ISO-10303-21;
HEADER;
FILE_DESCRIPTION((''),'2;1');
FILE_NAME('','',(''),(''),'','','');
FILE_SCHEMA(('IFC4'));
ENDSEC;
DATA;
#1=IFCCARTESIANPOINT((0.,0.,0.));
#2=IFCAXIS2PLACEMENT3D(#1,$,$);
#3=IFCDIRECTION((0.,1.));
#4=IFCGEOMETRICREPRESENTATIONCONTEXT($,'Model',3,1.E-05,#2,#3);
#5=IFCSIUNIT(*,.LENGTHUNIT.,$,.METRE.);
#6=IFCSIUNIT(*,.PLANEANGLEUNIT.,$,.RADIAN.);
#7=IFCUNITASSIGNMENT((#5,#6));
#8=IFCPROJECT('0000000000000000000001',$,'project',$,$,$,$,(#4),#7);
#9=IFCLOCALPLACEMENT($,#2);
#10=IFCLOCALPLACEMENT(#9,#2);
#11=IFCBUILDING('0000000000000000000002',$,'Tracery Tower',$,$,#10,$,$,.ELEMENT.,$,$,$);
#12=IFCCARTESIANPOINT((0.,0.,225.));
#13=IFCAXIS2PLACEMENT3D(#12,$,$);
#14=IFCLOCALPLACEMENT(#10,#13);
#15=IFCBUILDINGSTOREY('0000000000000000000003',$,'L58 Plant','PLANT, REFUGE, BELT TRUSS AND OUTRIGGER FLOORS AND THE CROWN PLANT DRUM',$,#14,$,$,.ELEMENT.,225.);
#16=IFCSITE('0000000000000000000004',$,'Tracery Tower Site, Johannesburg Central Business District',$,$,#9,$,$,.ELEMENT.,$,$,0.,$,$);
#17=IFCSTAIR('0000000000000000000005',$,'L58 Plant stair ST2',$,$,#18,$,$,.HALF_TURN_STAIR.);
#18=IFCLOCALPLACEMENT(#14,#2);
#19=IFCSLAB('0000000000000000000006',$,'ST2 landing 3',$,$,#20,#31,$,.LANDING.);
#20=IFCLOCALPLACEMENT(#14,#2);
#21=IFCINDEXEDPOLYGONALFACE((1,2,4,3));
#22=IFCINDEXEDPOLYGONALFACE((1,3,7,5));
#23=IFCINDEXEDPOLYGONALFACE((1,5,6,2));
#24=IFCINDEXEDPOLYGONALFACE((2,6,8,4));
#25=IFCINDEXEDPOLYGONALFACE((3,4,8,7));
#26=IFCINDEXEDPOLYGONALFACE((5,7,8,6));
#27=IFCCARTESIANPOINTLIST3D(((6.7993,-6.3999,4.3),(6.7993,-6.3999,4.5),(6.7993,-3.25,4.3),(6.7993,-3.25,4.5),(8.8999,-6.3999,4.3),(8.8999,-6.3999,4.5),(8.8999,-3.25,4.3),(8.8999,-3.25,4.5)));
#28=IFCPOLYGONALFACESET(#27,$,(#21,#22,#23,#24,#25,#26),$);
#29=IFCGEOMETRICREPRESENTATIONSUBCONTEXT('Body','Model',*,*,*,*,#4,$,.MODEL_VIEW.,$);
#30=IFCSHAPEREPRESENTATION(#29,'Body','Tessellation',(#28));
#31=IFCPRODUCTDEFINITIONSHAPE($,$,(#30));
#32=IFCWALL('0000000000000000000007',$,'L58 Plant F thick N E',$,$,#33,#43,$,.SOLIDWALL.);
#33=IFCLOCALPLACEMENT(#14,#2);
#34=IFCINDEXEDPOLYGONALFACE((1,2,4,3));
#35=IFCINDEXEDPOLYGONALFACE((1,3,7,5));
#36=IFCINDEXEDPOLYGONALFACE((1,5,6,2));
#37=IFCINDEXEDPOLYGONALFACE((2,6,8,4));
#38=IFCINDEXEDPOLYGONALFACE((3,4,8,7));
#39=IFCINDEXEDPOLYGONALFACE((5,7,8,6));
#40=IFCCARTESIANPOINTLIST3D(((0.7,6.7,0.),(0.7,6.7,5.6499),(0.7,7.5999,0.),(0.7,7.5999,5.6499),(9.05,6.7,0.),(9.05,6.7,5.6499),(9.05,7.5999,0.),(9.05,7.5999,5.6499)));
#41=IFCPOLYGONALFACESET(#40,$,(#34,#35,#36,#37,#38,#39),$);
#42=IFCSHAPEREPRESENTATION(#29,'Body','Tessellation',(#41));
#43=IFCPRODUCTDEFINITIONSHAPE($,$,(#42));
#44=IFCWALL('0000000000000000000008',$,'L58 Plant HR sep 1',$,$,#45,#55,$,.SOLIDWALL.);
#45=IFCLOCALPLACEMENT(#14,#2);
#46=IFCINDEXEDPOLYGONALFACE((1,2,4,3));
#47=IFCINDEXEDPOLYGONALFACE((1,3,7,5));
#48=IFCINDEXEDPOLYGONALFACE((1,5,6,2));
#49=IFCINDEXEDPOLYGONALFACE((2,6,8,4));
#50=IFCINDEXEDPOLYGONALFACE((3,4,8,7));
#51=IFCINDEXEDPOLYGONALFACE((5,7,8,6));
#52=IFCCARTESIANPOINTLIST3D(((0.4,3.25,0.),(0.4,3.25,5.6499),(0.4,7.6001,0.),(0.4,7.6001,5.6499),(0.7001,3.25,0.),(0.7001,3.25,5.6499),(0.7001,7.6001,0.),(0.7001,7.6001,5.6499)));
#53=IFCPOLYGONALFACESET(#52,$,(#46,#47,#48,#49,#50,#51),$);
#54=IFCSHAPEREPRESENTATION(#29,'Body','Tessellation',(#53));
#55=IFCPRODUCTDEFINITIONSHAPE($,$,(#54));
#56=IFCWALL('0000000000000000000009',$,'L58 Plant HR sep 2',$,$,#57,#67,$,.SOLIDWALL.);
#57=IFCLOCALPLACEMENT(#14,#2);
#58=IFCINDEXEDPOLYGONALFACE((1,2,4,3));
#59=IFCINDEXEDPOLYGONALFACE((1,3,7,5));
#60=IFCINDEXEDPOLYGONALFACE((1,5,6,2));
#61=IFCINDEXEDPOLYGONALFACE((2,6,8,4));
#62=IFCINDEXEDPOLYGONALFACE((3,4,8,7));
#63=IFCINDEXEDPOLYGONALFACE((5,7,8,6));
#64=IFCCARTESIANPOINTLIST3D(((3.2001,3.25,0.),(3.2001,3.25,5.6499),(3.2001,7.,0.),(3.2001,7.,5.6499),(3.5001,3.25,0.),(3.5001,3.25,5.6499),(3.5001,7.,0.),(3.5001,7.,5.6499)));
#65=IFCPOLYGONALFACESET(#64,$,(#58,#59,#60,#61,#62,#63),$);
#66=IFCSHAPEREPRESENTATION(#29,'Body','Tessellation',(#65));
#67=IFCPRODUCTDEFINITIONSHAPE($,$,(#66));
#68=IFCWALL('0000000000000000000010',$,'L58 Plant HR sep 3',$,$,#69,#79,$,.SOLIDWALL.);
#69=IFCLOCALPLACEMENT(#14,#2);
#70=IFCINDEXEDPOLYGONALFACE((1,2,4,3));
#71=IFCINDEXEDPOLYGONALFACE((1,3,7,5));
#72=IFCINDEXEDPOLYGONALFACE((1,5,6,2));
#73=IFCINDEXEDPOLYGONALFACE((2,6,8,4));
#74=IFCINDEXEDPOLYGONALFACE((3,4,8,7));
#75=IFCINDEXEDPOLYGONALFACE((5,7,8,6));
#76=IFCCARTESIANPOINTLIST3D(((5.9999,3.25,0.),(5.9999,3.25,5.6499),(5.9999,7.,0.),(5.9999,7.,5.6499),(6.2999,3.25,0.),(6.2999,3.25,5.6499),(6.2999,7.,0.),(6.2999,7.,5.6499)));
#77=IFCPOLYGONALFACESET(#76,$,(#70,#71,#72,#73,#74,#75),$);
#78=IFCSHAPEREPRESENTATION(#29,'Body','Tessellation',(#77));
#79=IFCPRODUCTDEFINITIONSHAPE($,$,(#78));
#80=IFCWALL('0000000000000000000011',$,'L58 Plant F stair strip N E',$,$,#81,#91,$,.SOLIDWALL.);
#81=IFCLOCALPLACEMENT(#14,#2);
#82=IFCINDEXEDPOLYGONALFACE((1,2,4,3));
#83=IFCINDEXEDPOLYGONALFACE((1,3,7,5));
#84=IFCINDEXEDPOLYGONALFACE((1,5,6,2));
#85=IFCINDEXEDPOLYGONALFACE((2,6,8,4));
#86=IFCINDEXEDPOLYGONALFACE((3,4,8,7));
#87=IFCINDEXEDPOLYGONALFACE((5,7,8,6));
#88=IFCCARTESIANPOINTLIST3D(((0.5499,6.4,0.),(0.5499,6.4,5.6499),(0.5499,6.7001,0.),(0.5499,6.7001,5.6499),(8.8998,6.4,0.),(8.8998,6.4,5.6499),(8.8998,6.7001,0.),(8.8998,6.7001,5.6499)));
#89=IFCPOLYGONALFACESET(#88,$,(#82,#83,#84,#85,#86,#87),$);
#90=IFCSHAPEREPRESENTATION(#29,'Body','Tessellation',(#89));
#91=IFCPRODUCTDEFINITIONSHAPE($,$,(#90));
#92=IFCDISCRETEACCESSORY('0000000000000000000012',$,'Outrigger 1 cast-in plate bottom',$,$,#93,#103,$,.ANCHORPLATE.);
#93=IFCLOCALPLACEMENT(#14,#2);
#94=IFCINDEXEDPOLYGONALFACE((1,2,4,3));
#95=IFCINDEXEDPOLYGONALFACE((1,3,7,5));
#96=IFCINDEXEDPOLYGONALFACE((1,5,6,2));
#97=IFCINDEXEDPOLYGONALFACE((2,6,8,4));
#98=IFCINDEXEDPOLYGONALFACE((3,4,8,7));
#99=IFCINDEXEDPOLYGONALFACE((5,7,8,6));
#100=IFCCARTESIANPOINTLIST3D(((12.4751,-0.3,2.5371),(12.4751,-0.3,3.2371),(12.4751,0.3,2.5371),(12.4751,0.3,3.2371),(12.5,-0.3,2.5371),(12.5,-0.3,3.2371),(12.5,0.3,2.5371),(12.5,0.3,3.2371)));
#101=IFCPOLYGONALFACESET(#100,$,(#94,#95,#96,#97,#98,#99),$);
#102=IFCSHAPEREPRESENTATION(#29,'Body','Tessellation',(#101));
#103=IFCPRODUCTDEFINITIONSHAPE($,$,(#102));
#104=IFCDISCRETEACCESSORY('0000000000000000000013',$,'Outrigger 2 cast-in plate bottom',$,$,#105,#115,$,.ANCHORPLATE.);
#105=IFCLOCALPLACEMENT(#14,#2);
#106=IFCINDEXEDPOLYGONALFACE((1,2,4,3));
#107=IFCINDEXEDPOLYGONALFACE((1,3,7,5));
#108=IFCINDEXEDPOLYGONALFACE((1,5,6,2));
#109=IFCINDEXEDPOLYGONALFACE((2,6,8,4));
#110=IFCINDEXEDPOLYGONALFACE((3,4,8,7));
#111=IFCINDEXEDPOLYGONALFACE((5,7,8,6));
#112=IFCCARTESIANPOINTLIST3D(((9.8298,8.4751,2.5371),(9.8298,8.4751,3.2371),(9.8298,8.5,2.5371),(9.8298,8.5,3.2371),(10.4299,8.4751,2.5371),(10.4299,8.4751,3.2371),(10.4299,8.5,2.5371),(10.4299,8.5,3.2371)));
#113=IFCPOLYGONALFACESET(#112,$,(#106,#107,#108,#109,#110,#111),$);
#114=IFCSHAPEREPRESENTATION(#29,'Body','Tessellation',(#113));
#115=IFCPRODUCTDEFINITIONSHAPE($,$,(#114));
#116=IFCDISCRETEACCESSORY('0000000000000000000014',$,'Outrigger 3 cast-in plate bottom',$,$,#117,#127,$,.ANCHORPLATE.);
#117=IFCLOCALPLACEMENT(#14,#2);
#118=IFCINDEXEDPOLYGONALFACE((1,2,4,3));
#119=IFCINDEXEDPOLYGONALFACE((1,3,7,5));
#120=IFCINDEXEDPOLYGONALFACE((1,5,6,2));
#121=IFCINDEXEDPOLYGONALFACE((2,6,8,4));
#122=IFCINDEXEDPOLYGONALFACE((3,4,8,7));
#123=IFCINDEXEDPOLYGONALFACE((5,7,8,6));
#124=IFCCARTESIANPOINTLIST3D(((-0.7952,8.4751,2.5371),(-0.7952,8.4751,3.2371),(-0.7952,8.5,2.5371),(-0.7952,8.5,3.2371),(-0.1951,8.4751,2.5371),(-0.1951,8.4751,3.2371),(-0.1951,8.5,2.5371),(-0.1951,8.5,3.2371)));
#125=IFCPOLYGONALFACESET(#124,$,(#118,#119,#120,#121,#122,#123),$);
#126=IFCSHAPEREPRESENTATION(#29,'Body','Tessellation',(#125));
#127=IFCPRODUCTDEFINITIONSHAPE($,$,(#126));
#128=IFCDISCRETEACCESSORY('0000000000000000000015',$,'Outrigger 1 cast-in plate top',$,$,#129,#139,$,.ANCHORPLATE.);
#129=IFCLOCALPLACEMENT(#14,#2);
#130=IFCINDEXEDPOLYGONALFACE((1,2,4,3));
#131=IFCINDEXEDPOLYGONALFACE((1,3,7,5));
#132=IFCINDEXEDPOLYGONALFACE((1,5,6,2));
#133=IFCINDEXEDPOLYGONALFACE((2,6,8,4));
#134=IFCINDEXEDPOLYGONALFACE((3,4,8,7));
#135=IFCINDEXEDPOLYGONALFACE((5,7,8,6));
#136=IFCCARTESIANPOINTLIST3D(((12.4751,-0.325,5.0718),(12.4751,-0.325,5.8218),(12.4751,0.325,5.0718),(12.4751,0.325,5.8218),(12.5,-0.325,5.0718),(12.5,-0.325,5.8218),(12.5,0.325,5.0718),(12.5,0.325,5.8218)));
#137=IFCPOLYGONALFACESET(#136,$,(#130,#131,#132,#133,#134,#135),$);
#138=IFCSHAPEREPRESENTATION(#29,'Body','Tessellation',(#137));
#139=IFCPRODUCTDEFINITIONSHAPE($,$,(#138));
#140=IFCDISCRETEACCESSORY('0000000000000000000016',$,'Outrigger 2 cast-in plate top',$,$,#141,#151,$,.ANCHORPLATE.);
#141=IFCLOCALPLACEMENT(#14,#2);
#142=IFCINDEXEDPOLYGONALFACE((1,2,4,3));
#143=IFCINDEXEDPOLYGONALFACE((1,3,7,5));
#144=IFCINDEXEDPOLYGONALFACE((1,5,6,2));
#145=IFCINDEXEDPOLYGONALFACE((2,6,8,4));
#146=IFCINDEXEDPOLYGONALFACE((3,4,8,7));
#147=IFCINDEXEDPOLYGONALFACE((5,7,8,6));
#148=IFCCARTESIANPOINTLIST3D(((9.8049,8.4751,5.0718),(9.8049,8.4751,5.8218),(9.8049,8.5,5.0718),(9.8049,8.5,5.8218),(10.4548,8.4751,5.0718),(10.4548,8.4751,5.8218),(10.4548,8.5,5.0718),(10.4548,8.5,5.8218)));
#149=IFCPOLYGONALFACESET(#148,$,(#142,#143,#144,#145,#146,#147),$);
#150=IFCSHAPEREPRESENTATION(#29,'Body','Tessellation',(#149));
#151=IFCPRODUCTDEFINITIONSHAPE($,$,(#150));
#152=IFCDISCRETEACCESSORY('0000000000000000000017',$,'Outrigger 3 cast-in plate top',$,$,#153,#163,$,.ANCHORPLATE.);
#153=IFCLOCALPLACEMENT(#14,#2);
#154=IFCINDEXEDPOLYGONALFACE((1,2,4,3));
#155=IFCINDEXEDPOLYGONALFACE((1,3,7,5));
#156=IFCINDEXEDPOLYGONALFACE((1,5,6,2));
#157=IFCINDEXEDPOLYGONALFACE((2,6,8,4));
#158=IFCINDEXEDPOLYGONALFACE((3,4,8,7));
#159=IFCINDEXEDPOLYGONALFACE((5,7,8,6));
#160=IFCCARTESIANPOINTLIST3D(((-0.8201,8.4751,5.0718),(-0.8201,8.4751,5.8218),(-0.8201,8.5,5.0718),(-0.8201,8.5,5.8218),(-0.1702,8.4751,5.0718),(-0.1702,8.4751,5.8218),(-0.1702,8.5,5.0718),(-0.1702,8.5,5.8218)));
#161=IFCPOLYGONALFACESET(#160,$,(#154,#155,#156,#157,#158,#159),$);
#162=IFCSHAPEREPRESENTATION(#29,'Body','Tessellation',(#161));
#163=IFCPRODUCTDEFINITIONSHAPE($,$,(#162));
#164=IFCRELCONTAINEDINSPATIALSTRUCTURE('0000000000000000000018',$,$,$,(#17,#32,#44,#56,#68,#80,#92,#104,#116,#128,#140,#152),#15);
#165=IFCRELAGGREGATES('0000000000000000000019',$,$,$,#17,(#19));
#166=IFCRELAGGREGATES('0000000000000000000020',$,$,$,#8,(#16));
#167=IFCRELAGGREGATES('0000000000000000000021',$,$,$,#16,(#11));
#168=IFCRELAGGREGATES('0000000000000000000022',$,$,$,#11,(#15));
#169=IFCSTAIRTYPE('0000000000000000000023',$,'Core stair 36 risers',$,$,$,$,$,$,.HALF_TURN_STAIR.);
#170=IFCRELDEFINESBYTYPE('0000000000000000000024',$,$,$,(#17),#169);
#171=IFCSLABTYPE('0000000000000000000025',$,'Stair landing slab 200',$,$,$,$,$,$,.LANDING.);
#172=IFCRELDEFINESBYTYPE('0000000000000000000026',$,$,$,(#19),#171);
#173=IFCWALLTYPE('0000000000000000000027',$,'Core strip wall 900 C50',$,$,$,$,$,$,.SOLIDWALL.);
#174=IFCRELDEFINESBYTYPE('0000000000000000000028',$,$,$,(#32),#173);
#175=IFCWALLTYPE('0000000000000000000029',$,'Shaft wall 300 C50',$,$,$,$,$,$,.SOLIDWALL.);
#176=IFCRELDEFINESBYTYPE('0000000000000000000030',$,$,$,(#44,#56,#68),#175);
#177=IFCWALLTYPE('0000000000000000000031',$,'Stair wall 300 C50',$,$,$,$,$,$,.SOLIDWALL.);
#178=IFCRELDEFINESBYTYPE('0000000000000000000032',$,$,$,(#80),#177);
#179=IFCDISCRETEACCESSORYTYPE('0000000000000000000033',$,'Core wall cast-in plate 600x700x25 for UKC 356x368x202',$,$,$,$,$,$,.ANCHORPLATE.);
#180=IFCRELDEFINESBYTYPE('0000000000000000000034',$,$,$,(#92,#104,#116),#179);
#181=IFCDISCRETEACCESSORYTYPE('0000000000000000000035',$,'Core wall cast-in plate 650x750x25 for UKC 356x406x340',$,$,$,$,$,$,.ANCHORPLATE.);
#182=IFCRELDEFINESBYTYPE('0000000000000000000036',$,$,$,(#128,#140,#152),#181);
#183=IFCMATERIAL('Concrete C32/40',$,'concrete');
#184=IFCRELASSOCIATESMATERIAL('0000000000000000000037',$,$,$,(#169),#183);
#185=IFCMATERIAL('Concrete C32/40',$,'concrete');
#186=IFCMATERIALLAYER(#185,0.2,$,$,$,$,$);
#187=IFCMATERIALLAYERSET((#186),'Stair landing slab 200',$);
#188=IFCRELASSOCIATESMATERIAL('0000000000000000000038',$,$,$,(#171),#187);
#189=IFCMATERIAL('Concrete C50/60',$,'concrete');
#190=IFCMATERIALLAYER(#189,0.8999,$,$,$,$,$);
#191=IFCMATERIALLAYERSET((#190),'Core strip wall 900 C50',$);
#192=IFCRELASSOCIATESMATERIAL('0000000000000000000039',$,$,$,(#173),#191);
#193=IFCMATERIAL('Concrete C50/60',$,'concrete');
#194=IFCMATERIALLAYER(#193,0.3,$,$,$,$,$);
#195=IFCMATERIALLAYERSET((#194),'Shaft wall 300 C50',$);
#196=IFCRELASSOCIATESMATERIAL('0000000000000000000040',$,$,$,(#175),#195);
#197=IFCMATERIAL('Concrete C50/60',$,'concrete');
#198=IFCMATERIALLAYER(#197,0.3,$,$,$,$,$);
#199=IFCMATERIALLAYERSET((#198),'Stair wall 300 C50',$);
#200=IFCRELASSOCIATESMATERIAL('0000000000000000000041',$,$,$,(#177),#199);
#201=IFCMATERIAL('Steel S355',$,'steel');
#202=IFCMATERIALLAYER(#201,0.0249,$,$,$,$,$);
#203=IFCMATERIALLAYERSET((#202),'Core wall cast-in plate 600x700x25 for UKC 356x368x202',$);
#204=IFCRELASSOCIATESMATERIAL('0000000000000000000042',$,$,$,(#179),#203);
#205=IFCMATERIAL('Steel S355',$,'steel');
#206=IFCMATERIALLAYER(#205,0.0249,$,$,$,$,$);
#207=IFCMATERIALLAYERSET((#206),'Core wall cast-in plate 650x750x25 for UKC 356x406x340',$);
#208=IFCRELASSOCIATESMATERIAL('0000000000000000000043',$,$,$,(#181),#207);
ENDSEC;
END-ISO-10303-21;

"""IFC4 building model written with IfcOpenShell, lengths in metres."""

from ifc_helpers import new_model, si_unit, direction, frame, frame_2d, origin, origin_2d, place, context, subcontext, project, spatial, polyline, rectangle, outline, extrude, material, layer, layer_set, type_object, element, aggregate, save


model = new_model("IFC4")

# Units and contexts
model_context = context("Model", 3, precision=1e-05, world=origin(), true_north=direction((0.0, 1.0)))
body_context = subcontext(model_context, "Body", "Model", "MODEL_VIEW")
ifc_project = project(units=[si_unit("LENGTHUNIT", "METRE"), si_unit("PLANEANGLEUNIT", "RADIAN")], contexts=[model_context])

# Site, building, storey
site_placement = place(None, origin())
site = spatial("IfcSite", under=ifc_project, at=site_placement, Name="Tracery Tower Site, Johannesburg Central Business District", CompositionType="ELEMENT", RefElevation=0.0)
building_placement = place(site_placement, origin())
building = spatial("IfcBuilding", under=site, at=building_placement, Name="Tracery Tower", CompositionType="ELEMENT")
storey_placement = place(building_placement, frame((0.0, 0.0, 225.0)))
storey = spatial("IfcBuildingStorey", under=building, at=storey_placement, Name="L58 Plant", Description="PLANT, REFUGE, BELT TRUSS AND OUTRIGGER FLOORS AND THE CROWN PLANT DRUM", CompositionType="ELEMENT", Elevation=225.0)

# Stair, slab
ifc_material_1 = material(Name="Concrete C32/40", Category="concrete")
stair_type = type_object("IfcStairType", Name="Core stair 36 risers", PredefinedType="HALF_TURN_STAIR", material=ifc_material_1)
ifc_material_2 = material(Name="Concrete C32/40", Category="concrete")
ifc_layer_1 = layer(ifc_material_2, 0.2)
ifc_layer_set_1 = layer_set([ifc_layer_1], Name="Stair landing slab 200")
slab_type = type_object("IfcSlabType", Name="Stair landing slab 200", PredefinedType="LANDING", material=ifc_layer_set_1)
stair_1_placement = place(storey_placement, origin())
stair_1 = element("IfcStair", 1, at=stair_1_placement, inside=storey, type_object=stair_type, Name="L58 Plant stair ST2", PredefinedType="HALF_TURN_STAIR")
slab_1_placement = place(storey_placement, frame((0.0, 0.0, 4.3)))
slab_1 = element("IfcSlab", 2, at=slab_1_placement, type_object=slab_type, Name="ST2 landing 3", PredefinedType="LANDING", context=body_context, shape_type="SweptSolid", body=[
    extrude(outline(polyline([(6.7993, -6.3999), (8.8999, -6.3999), (8.8999, -3.25), (6.7993, -3.25), (6.7993, -6.3999)])), origin(), (0.0, 0.0, 1.0), 0.2),
])
aggregate(stair_1, [slab_1])

# Walls
ifc_material_3 = material(Name="Concrete C50/60", Category="concrete")
ifc_layer_2 = layer(ifc_material_3, 0.8999)
ifc_layer_set_2 = layer_set([ifc_layer_2], Name="Core strip wall 900 C50")
wall_type_1 = type_object("IfcWallType", Name="Core strip wall 900 C50", PredefinedType="SOLIDWALL", material=ifc_layer_set_2)
wall_1_placement = place(storey_placement, frame((0.7, 7.1499, 0.0), z_axis=(0.0, 0.0, 1.0), x_axis=(1.0, 0.0, 0.0)))
element("IfcWall", 3, at=wall_1_placement, inside=storey, type_object=wall_type_1, Name="L58 Plant F thick N E", PredefinedType="SOLIDWALL", context=body_context, shape_type="SweptSolid", body=[
    extrude(rectangle(XDim=8.3501, YDim=0.8999, at=frame_2d((4.175, 0.0))), origin(), (0.0, 0.0, 1.0), 5.6499),
])
ifc_material_4 = material(Name="Concrete C50/60", Category="concrete")
ifc_layer_3 = layer(ifc_material_4, 0.3)
ifc_layer_set_3 = layer_set([ifc_layer_3], Name="Shaft wall 300 C50")
wall_type_2 = type_object("IfcWallType", Name="Shaft wall 300 C50", PredefinedType="SOLIDWALL", material=ifc_layer_set_3)
wall_2_placement = place(storey_placement, frame((0.55, 3.25, 0.0), z_axis=(0.0, 0.0, 1.0), x_axis=(0.0, 1.0, 0.0)))
element("IfcWall", 4, at=wall_2_placement, inside=storey, type_object=wall_type_2, Name="L58 Plant HR sep 1", PredefinedType="SOLIDWALL", context=body_context, shape_type="SweptSolid", body=[
    extrude(rectangle(XDim=4.3501, YDim=0.3, at=frame_2d((2.175, 0.0))), origin(), (0.0, 0.0, 1.0), 5.6499),
])
for number, where, z_axis, x_axis, name in (
    (5, (3.3501, 3.25, 0.0), (0.0, 0.0, 1.0), (0.0, 1.0, 0.0), "L58 Plant HR sep 2"),
    (6, (6.1499, 3.25, 0.0), (0.0, 0.0, 1.0), (0.0, 1.0, 0.0), "L58 Plant HR sep 3"),
):
    element("IfcWall", number, at=place(storey_placement, frame(where, z_axis=z_axis, x_axis=x_axis)), inside=storey, type_object=wall_type_2, Name=name, PredefinedType="SOLIDWALL", context=body_context, shape_type="SweptSolid", body=[
        extrude(rectangle(XDim=3.75, YDim=0.3, at=frame_2d((1.875, 0.0))), origin(), (0.0, 0.0, 1.0), 5.6499),
    ])

# Wall
ifc_material_5 = material(Name="Concrete C50/60", Category="concrete")
ifc_layer_4 = layer(ifc_material_5, 0.3)
ifc_layer_set_4 = layer_set([ifc_layer_4], Name="Stair wall 300 C50")
wall_type_3 = type_object("IfcWallType", Name="Stair wall 300 C50", PredefinedType="SOLIDWALL", material=ifc_layer_set_4)
wall_3_placement = place(storey_placement, frame((0.55, 6.55, 0.0), z_axis=(0.0, 0.0, 1.0), x_axis=(1.0, 0.0, 0.0)))
element("IfcWall", 7, at=wall_3_placement, inside=storey, type_object=wall_type_3, Name="L58 Plant F stair strip N E", PredefinedType="SOLIDWALL", context=body_context, shape_type="SweptSolid", body=[
    extrude(rectangle(XDim=8.3499, YDim=0.3, at=frame_2d((4.1748, 0.0))), origin(), (0.0, 0.0, 1.0), 5.6499),
])

# Discrete accessories
ifc_material_6 = material(Name="Steel S355", Category="steel")
ifc_layer_5 = layer(ifc_material_6, 0.0249)
ifc_layer_set_5 = layer_set([ifc_layer_5], Name="Core wall cast-in plate 600x700x25 for UKC 356x368x202")
discrete_accessory_type_1 = type_object("IfcDiscreteAccessoryType", Name="Core wall cast-in plate 600x700x25 for UKC 356x368x202", PredefinedType="ANCHORPLATE", material=ifc_layer_set_5)
discrete_accessory_1_placement = place(storey_placement, frame((12.4875, 0.0, 2.5371), z_axis=(0.0, 0.0, 1.0), x_axis=(1.0, 0.0, 0.0)))
element("IfcDiscreteAccessory", 8, at=discrete_accessory_1_placement, inside=storey, type_object=discrete_accessory_type_1, Name="Outrigger 1 cast-in plate bottom", PredefinedType="ANCHORPLATE", context=body_context, shape_type="SweptSolid", body=[
    extrude(rectangle(XDim=0.0249, YDim=0.6001, at=origin_2d()), origin(), (0.0, 0.0, 1.0), 0.7),
])
for number, where, z_axis, x_axis, name in (
    (9, (10.1299, 8.4875, 2.5371), (0.0, 0.0, 1.0), (1.0, 0.0, 0.0), "Outrigger 2 cast-in plate bottom"),
    (10, (-0.4951, 8.4875, 2.5371), (0.0, 0.0, 1.0), (1.0, 0.0, 0.0), "Outrigger 3 cast-in plate bottom"),
):
    element("IfcDiscreteAccessory", number, at=place(storey_placement, frame(where, z_axis=z_axis, x_axis=x_axis)), inside=storey, type_object=discrete_accessory_type_1, Name=name, PredefinedType="ANCHORPLATE", context=body_context, shape_type="SweptSolid", body=[
        extrude(rectangle(XDim=0.6001, YDim=0.0249, at=origin_2d()), origin(), (0.0, 0.0, 1.0), 0.7),
    ])
ifc_material_7 = material(Name="Steel S355", Category="steel")
ifc_layer_6 = layer(ifc_material_7, 0.0249)
ifc_layer_set_6 = layer_set([ifc_layer_6], Name="Core wall cast-in plate 650x750x25 for UKC 356x406x340")
discrete_accessory_type_2 = type_object("IfcDiscreteAccessoryType", Name="Core wall cast-in plate 650x750x25 for UKC 356x406x340", PredefinedType="ANCHORPLATE", material=ifc_layer_set_6)
discrete_accessory_2_placement = place(storey_placement, frame((12.4875, 0.0, 5.0718), z_axis=(0.0, 0.0, 1.0), x_axis=(1.0, 0.0, 0.0)))
element("IfcDiscreteAccessory", 11, at=discrete_accessory_2_placement, inside=storey, type_object=discrete_accessory_type_2, Name="Outrigger 1 cast-in plate top", PredefinedType="ANCHORPLATE", context=body_context, shape_type="SweptSolid", body=[
    extrude(rectangle(XDim=0.0249, YDim=0.6499, at=origin_2d()), origin(), (0.0, 0.0, 1.0), 0.75),
])
for number, where, z_axis, x_axis, name in (
    (12, (10.1299, 8.4875, 5.0718), (0.0, 0.0, 1.0), (1.0, 0.0, 0.0), "Outrigger 2 cast-in plate top"),
    (13, (-0.4951, 8.4875, 5.0718), (0.0, 0.0, 1.0), (1.0, 0.0, 0.0), "Outrigger 3 cast-in plate top"),
):
    element("IfcDiscreteAccessory", number, at=place(storey_placement, frame(where, z_axis=z_axis, x_axis=x_axis)), inside=storey, type_object=discrete_accessory_type_2, Name=name, PredefinedType="ANCHORPLATE", context=body_context, shape_type="SweptSolid", body=[
        extrude(rectangle(XDim=0.6499, YDim=0.0249, at=origin_2d()), origin(), (0.0, 0.0, 1.0), 0.75),
    ])

save(model, "model.ifc")
